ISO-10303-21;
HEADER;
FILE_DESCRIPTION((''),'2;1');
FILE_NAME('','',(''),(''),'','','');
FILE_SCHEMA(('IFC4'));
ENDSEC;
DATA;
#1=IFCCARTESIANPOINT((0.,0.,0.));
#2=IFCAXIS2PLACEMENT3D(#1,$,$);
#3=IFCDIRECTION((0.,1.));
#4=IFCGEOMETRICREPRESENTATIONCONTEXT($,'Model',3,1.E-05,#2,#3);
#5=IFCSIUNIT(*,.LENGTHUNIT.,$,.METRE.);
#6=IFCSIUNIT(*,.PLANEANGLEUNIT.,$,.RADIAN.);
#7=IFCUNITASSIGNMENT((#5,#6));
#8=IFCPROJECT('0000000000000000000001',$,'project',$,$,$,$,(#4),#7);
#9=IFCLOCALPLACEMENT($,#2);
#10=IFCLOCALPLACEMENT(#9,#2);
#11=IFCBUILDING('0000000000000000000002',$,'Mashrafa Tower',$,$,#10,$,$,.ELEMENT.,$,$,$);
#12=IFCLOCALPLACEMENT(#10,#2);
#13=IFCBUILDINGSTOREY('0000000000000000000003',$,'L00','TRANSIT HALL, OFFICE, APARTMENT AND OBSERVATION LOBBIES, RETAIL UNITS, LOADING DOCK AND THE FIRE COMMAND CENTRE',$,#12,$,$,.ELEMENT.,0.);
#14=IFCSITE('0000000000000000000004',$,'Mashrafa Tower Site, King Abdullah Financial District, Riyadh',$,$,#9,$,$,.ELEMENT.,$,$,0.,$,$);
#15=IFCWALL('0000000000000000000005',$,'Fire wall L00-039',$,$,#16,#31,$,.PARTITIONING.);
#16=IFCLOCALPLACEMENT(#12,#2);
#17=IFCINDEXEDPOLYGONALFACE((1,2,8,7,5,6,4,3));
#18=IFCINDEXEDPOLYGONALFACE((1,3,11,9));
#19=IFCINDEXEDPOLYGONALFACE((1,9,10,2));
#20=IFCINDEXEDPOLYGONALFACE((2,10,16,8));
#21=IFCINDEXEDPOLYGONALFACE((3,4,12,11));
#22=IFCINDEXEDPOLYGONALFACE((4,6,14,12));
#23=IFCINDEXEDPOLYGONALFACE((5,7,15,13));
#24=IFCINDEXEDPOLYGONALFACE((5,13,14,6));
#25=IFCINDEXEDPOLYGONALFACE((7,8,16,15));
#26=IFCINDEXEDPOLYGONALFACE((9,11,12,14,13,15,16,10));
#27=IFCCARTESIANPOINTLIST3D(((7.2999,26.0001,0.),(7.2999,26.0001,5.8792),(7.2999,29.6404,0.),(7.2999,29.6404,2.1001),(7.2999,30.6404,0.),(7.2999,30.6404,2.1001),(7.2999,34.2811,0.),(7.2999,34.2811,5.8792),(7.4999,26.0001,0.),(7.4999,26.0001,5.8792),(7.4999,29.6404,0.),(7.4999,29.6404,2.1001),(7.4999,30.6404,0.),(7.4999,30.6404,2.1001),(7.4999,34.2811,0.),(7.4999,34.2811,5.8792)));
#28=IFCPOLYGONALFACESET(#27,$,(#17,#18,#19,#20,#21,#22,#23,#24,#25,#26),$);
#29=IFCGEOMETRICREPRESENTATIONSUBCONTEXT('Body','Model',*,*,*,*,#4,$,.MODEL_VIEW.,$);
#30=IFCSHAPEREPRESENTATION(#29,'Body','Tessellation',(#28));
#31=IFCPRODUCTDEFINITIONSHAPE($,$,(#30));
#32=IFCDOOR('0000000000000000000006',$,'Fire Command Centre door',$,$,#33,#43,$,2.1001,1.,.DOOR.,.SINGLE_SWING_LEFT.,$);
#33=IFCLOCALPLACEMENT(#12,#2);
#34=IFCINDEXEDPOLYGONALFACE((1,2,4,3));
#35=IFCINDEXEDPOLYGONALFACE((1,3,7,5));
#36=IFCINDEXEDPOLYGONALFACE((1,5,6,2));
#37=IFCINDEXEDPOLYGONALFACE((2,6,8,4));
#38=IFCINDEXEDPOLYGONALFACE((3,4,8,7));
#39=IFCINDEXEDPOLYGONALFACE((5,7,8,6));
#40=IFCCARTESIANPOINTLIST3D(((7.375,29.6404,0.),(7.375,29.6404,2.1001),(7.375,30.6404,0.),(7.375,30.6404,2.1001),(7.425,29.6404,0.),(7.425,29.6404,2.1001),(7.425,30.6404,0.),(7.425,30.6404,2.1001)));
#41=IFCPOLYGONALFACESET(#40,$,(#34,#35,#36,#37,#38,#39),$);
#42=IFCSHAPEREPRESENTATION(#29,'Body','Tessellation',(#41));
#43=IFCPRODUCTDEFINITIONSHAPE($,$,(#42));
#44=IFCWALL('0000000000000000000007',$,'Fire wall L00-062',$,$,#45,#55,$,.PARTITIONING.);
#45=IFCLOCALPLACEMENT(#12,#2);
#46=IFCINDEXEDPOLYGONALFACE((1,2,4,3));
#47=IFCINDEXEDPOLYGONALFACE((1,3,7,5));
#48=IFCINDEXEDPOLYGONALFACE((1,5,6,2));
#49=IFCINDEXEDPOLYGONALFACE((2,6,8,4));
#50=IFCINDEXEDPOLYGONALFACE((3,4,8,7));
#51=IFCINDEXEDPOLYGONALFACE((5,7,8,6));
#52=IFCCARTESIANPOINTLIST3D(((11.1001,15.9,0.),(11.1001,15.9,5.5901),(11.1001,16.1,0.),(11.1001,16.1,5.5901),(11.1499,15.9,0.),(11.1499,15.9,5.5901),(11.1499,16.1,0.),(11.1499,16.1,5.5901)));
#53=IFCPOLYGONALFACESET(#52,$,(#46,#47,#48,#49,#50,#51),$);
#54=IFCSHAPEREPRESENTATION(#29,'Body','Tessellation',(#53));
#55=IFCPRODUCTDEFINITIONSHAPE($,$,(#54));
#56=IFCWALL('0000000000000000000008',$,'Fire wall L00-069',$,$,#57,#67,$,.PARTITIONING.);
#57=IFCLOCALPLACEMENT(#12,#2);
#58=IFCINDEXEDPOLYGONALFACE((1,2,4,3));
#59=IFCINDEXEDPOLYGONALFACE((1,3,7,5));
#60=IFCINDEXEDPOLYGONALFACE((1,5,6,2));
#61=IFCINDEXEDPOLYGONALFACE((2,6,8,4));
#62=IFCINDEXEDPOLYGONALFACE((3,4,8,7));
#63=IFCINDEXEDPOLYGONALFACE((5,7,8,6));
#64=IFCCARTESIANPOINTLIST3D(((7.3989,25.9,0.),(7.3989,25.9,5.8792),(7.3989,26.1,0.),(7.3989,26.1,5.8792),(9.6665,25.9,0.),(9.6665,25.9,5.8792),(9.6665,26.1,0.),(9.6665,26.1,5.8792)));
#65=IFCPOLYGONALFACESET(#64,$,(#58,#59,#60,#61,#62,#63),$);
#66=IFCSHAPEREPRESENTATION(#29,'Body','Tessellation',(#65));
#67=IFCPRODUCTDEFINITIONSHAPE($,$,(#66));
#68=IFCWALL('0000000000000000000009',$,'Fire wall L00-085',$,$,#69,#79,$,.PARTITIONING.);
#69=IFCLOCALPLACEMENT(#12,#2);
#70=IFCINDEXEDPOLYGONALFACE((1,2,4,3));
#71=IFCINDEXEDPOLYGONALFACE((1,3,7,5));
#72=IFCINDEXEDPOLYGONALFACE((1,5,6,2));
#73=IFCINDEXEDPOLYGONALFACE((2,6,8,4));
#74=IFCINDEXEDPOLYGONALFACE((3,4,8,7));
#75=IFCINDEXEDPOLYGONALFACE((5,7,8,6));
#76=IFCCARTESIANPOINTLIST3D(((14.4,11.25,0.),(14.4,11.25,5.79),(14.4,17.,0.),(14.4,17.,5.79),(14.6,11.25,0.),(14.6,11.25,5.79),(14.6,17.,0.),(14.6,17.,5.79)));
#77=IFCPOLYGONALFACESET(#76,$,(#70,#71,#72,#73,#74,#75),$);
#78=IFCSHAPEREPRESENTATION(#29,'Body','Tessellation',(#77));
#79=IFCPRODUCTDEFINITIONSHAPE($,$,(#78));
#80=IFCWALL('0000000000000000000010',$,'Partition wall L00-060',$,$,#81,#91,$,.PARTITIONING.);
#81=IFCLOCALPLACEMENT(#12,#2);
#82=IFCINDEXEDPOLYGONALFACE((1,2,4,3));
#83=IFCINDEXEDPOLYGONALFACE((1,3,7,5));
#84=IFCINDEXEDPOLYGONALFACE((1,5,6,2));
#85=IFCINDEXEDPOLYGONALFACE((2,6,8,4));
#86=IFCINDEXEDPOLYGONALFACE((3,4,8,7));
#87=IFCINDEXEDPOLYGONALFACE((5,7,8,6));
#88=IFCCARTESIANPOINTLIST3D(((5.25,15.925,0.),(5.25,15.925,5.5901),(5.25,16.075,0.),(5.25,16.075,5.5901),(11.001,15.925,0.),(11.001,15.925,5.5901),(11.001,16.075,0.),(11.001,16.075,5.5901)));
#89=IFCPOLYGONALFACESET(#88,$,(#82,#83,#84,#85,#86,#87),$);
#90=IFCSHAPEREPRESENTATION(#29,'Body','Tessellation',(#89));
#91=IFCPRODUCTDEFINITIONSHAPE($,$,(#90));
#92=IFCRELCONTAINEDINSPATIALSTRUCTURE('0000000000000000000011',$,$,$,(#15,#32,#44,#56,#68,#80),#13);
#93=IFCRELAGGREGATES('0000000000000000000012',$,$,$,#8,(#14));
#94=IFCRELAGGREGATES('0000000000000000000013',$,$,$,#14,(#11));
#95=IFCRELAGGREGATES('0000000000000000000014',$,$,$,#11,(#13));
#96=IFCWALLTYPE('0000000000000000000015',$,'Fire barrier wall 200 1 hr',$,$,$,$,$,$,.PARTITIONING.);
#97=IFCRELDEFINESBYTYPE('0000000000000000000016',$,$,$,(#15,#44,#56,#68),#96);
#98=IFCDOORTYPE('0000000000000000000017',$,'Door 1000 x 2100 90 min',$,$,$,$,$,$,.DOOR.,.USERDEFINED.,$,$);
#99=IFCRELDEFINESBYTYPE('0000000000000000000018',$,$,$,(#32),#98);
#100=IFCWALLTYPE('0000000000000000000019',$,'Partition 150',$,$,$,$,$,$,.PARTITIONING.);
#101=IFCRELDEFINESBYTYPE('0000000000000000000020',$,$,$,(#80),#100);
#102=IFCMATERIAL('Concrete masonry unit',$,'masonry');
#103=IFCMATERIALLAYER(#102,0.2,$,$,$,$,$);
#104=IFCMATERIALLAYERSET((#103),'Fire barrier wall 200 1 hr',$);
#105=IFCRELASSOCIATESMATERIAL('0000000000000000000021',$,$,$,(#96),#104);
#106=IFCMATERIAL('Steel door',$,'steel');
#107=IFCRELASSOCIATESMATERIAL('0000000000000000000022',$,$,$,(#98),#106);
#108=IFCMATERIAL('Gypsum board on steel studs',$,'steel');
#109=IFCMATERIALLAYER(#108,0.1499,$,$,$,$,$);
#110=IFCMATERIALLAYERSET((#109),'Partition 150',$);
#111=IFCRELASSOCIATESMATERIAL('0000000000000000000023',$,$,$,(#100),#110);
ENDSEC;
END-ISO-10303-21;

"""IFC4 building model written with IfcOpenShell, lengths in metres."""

from ifc_helpers import new_model, si_unit, direction, frame, frame_2d, origin, place, context, subcontext, project, spatial, rectangle, extrude, material, layer, layer_set, type_object, element, fill, save


model = new_model("IFC4")

# Units and contexts
model_context = context("Model", 3, precision=1e-05, world=origin(), true_north=direction((0.0, 1.0)))
body_context = subcontext(model_context, "Body", "Model", "MODEL_VIEW")
ifc_project = project(units=[si_unit("LENGTHUNIT", "METRE"), si_unit("PLANEANGLEUNIT", "RADIAN")], contexts=[model_context])

# Site, building, storey
site_placement = place(None, origin())
site = spatial("IfcSite", under=ifc_project, at=site_placement, Name="Mashrafa Tower Site, King Abdullah Financial District, Riyadh", CompositionType="ELEMENT", RefElevation=0.0)
building_placement = place(site_placement, origin())
building = spatial("IfcBuilding", under=site, at=building_placement, Name="Mashrafa Tower", CompositionType="ELEMENT")
storey_placement = place(building_placement, origin())
storey = spatial("IfcBuildingStorey", under=building, at=storey_placement, Name="L00", Description="TRANSIT HALL, OFFICE, APARTMENT AND OBSERVATION LOBBIES, RETAIL UNITS, LOADING DOCK AND THE FIRE COMMAND CENTRE", CompositionType="ELEMENT", Elevation=0.0)

# Shared definitions
ifc_material_1 = material(Name="Concrete masonry unit", Category="masonry")
ifc_layer_1 = layer(ifc_material_1, 0.2)
ifc_layer_set_1 = layer_set([ifc_layer_1], Name="Fire barrier wall 200 1 hr")
wall_type_1 = type_object("IfcWallType", Name="Fire barrier wall 200 1 hr", PredefinedType="PARTITIONING", material=ifc_layer_set_1)

# Wall, opening, door
wall_1_placement = place(storey_placement, frame((7.3999, 26.0, 0.0), z_axis=(0.0, 0.0, 1.0), x_axis=(0.0, 1.0, 0.0)))
wall_1 = element("IfcWall", 1, at=wall_1_placement, inside=storey, type_object=wall_type_1, Name="Fire wall L00-039", PredefinedType="PARTITIONING", context=body_context, shape_type="SweptSolid", body=[
    extrude(rectangle(XDim=8.281, YDim=0.2, at=frame_2d((4.1406, 0.0))), origin(), (0.0, 0.0, 1.0), 5.8792),
])
opening_placement = place(wall_1_placement, frame((3.6404, 0.0, 0.0)))
opening = element("IfcOpeningElement", 2, at=opening_placement, cuts=wall_1, PredefinedType="OPENING", context=body_context, shape_type="SweptSolid", body=[
    extrude(rectangle(XDim=1.0, YDim=2.1001, at=frame_2d((0.5, 1.05))), frame((0.0, 0.1099, 0.0), z_axis=(0.0, -1.0, 0.0), x_axis=(1.0, 0.0, 0.0)), (0.0, 0.0, 1.0), 0.22),
])
ifc_material_2 = material(Name="Steel door", Category="steel")
door_type = type_object("IfcDoorType", Name="Door 1000 x 2100 90 min", OperationType="USERDEFINED", PredefinedType="DOOR", material=ifc_material_2)
door_placement = place(opening_placement, origin())
door = element("IfcDoor", 3, at=door_placement, inside=storey, type_object=door_type, Name="Fire Command Centre door", OperationType="SINGLE_SWING_LEFT", OverallHeight=2.1001, OverallWidth=1.0, PredefinedType="DOOR", context=body_context, shape_type="SweptSolid", body=[
    extrude(rectangle(XDim=1.0, YDim=2.1001, at=frame_2d((0.5, 1.05))), frame((0.0, 0.0249, 0.0), z_axis=(0.0, -1.0, 0.0), x_axis=(1.0, 0.0, 0.0)), (0.0, 0.0, 1.0), 0.05),
])
fill(opening, door)

# Walls
wall_2_placement = place(storey_placement, frame((11.1499, 16.0, 0.0), z_axis=(0.0, 0.0, 1.0), x_axis=(-1.0, 0.0, 0.0)))
element("IfcWall", 4, at=wall_2_placement, inside=storey, type_object=wall_type_1, Name="Fire wall L00-062", PredefinedType="PARTITIONING", context=body_context, shape_type="SweptSolid", body=[
    extrude(rectangle(XDim=0.0498, YDim=0.2, at=frame_2d((0.0249, 0.0))), origin(), (0.0, 0.0, 1.0), 5.5901),
])
wall_3_placement = place(storey_placement, frame((9.6665, 26.0, 0.0), z_axis=(0.0, 0.0, 1.0), x_axis=(-1.0, 0.0, 0.0)))
element("IfcWall", 5, at=wall_3_placement, inside=storey, type_object=wall_type_1, Name="Fire wall L00-069", PredefinedType="PARTITIONING", context=body_context, shape_type="SweptSolid", body=[
    extrude(rectangle(XDim=2.2676, YDim=0.2, at=frame_2d((1.1338, 0.0))), origin(), (0.0, 0.0, 1.0), 5.8792),
])
wall_4_placement = place(storey_placement, frame((14.5, 17.0, 0.0), z_axis=(0.0, 0.0, 1.0), x_axis=(0.0, -1.0, 0.0)))
element("IfcWall", 6, at=wall_4_placement, inside=storey, type_object=wall_type_1, Name="Fire wall L00-085", PredefinedType="PARTITIONING", context=body_context, shape_type="SweptSolid", body=[
    extrude(rectangle(XDim=5.75, YDim=0.2, at=frame_2d((2.875, 0.0))), origin(), (0.0, 0.0, 1.0), 5.79),
])
ifc_material_3 = material(Name="Gypsum board on steel studs", Category="steel")
ifc_layer_2 = layer(ifc_material_3, 0.1499)
ifc_layer_set_2 = layer_set([ifc_layer_2], Name="Partition 150")
wall_type_2 = type_object("IfcWallType", Name="Partition 150", PredefinedType="PARTITIONING", material=ifc_layer_set_2)
wall_5_placement = place(storey_placement, frame((11.001, 16.0, 0.0), z_axis=(0.0, 0.0, 1.0), x_axis=(-1.0, 0.0, 0.0)))
element("IfcWall", 7, at=wall_5_placement, inside=storey, type_object=wall_type_2, Name="Partition wall L00-060", PredefinedType="PARTITIONING", context=body_context, shape_type="SweptSolid", body=[
    extrude(rectangle(XDim=5.751, YDim=0.1499, at=frame_2d((2.8755, 0.0))), origin(), (0.0, 0.0, 1.0), 5.5901),
])

save(model, "model.ifc")
